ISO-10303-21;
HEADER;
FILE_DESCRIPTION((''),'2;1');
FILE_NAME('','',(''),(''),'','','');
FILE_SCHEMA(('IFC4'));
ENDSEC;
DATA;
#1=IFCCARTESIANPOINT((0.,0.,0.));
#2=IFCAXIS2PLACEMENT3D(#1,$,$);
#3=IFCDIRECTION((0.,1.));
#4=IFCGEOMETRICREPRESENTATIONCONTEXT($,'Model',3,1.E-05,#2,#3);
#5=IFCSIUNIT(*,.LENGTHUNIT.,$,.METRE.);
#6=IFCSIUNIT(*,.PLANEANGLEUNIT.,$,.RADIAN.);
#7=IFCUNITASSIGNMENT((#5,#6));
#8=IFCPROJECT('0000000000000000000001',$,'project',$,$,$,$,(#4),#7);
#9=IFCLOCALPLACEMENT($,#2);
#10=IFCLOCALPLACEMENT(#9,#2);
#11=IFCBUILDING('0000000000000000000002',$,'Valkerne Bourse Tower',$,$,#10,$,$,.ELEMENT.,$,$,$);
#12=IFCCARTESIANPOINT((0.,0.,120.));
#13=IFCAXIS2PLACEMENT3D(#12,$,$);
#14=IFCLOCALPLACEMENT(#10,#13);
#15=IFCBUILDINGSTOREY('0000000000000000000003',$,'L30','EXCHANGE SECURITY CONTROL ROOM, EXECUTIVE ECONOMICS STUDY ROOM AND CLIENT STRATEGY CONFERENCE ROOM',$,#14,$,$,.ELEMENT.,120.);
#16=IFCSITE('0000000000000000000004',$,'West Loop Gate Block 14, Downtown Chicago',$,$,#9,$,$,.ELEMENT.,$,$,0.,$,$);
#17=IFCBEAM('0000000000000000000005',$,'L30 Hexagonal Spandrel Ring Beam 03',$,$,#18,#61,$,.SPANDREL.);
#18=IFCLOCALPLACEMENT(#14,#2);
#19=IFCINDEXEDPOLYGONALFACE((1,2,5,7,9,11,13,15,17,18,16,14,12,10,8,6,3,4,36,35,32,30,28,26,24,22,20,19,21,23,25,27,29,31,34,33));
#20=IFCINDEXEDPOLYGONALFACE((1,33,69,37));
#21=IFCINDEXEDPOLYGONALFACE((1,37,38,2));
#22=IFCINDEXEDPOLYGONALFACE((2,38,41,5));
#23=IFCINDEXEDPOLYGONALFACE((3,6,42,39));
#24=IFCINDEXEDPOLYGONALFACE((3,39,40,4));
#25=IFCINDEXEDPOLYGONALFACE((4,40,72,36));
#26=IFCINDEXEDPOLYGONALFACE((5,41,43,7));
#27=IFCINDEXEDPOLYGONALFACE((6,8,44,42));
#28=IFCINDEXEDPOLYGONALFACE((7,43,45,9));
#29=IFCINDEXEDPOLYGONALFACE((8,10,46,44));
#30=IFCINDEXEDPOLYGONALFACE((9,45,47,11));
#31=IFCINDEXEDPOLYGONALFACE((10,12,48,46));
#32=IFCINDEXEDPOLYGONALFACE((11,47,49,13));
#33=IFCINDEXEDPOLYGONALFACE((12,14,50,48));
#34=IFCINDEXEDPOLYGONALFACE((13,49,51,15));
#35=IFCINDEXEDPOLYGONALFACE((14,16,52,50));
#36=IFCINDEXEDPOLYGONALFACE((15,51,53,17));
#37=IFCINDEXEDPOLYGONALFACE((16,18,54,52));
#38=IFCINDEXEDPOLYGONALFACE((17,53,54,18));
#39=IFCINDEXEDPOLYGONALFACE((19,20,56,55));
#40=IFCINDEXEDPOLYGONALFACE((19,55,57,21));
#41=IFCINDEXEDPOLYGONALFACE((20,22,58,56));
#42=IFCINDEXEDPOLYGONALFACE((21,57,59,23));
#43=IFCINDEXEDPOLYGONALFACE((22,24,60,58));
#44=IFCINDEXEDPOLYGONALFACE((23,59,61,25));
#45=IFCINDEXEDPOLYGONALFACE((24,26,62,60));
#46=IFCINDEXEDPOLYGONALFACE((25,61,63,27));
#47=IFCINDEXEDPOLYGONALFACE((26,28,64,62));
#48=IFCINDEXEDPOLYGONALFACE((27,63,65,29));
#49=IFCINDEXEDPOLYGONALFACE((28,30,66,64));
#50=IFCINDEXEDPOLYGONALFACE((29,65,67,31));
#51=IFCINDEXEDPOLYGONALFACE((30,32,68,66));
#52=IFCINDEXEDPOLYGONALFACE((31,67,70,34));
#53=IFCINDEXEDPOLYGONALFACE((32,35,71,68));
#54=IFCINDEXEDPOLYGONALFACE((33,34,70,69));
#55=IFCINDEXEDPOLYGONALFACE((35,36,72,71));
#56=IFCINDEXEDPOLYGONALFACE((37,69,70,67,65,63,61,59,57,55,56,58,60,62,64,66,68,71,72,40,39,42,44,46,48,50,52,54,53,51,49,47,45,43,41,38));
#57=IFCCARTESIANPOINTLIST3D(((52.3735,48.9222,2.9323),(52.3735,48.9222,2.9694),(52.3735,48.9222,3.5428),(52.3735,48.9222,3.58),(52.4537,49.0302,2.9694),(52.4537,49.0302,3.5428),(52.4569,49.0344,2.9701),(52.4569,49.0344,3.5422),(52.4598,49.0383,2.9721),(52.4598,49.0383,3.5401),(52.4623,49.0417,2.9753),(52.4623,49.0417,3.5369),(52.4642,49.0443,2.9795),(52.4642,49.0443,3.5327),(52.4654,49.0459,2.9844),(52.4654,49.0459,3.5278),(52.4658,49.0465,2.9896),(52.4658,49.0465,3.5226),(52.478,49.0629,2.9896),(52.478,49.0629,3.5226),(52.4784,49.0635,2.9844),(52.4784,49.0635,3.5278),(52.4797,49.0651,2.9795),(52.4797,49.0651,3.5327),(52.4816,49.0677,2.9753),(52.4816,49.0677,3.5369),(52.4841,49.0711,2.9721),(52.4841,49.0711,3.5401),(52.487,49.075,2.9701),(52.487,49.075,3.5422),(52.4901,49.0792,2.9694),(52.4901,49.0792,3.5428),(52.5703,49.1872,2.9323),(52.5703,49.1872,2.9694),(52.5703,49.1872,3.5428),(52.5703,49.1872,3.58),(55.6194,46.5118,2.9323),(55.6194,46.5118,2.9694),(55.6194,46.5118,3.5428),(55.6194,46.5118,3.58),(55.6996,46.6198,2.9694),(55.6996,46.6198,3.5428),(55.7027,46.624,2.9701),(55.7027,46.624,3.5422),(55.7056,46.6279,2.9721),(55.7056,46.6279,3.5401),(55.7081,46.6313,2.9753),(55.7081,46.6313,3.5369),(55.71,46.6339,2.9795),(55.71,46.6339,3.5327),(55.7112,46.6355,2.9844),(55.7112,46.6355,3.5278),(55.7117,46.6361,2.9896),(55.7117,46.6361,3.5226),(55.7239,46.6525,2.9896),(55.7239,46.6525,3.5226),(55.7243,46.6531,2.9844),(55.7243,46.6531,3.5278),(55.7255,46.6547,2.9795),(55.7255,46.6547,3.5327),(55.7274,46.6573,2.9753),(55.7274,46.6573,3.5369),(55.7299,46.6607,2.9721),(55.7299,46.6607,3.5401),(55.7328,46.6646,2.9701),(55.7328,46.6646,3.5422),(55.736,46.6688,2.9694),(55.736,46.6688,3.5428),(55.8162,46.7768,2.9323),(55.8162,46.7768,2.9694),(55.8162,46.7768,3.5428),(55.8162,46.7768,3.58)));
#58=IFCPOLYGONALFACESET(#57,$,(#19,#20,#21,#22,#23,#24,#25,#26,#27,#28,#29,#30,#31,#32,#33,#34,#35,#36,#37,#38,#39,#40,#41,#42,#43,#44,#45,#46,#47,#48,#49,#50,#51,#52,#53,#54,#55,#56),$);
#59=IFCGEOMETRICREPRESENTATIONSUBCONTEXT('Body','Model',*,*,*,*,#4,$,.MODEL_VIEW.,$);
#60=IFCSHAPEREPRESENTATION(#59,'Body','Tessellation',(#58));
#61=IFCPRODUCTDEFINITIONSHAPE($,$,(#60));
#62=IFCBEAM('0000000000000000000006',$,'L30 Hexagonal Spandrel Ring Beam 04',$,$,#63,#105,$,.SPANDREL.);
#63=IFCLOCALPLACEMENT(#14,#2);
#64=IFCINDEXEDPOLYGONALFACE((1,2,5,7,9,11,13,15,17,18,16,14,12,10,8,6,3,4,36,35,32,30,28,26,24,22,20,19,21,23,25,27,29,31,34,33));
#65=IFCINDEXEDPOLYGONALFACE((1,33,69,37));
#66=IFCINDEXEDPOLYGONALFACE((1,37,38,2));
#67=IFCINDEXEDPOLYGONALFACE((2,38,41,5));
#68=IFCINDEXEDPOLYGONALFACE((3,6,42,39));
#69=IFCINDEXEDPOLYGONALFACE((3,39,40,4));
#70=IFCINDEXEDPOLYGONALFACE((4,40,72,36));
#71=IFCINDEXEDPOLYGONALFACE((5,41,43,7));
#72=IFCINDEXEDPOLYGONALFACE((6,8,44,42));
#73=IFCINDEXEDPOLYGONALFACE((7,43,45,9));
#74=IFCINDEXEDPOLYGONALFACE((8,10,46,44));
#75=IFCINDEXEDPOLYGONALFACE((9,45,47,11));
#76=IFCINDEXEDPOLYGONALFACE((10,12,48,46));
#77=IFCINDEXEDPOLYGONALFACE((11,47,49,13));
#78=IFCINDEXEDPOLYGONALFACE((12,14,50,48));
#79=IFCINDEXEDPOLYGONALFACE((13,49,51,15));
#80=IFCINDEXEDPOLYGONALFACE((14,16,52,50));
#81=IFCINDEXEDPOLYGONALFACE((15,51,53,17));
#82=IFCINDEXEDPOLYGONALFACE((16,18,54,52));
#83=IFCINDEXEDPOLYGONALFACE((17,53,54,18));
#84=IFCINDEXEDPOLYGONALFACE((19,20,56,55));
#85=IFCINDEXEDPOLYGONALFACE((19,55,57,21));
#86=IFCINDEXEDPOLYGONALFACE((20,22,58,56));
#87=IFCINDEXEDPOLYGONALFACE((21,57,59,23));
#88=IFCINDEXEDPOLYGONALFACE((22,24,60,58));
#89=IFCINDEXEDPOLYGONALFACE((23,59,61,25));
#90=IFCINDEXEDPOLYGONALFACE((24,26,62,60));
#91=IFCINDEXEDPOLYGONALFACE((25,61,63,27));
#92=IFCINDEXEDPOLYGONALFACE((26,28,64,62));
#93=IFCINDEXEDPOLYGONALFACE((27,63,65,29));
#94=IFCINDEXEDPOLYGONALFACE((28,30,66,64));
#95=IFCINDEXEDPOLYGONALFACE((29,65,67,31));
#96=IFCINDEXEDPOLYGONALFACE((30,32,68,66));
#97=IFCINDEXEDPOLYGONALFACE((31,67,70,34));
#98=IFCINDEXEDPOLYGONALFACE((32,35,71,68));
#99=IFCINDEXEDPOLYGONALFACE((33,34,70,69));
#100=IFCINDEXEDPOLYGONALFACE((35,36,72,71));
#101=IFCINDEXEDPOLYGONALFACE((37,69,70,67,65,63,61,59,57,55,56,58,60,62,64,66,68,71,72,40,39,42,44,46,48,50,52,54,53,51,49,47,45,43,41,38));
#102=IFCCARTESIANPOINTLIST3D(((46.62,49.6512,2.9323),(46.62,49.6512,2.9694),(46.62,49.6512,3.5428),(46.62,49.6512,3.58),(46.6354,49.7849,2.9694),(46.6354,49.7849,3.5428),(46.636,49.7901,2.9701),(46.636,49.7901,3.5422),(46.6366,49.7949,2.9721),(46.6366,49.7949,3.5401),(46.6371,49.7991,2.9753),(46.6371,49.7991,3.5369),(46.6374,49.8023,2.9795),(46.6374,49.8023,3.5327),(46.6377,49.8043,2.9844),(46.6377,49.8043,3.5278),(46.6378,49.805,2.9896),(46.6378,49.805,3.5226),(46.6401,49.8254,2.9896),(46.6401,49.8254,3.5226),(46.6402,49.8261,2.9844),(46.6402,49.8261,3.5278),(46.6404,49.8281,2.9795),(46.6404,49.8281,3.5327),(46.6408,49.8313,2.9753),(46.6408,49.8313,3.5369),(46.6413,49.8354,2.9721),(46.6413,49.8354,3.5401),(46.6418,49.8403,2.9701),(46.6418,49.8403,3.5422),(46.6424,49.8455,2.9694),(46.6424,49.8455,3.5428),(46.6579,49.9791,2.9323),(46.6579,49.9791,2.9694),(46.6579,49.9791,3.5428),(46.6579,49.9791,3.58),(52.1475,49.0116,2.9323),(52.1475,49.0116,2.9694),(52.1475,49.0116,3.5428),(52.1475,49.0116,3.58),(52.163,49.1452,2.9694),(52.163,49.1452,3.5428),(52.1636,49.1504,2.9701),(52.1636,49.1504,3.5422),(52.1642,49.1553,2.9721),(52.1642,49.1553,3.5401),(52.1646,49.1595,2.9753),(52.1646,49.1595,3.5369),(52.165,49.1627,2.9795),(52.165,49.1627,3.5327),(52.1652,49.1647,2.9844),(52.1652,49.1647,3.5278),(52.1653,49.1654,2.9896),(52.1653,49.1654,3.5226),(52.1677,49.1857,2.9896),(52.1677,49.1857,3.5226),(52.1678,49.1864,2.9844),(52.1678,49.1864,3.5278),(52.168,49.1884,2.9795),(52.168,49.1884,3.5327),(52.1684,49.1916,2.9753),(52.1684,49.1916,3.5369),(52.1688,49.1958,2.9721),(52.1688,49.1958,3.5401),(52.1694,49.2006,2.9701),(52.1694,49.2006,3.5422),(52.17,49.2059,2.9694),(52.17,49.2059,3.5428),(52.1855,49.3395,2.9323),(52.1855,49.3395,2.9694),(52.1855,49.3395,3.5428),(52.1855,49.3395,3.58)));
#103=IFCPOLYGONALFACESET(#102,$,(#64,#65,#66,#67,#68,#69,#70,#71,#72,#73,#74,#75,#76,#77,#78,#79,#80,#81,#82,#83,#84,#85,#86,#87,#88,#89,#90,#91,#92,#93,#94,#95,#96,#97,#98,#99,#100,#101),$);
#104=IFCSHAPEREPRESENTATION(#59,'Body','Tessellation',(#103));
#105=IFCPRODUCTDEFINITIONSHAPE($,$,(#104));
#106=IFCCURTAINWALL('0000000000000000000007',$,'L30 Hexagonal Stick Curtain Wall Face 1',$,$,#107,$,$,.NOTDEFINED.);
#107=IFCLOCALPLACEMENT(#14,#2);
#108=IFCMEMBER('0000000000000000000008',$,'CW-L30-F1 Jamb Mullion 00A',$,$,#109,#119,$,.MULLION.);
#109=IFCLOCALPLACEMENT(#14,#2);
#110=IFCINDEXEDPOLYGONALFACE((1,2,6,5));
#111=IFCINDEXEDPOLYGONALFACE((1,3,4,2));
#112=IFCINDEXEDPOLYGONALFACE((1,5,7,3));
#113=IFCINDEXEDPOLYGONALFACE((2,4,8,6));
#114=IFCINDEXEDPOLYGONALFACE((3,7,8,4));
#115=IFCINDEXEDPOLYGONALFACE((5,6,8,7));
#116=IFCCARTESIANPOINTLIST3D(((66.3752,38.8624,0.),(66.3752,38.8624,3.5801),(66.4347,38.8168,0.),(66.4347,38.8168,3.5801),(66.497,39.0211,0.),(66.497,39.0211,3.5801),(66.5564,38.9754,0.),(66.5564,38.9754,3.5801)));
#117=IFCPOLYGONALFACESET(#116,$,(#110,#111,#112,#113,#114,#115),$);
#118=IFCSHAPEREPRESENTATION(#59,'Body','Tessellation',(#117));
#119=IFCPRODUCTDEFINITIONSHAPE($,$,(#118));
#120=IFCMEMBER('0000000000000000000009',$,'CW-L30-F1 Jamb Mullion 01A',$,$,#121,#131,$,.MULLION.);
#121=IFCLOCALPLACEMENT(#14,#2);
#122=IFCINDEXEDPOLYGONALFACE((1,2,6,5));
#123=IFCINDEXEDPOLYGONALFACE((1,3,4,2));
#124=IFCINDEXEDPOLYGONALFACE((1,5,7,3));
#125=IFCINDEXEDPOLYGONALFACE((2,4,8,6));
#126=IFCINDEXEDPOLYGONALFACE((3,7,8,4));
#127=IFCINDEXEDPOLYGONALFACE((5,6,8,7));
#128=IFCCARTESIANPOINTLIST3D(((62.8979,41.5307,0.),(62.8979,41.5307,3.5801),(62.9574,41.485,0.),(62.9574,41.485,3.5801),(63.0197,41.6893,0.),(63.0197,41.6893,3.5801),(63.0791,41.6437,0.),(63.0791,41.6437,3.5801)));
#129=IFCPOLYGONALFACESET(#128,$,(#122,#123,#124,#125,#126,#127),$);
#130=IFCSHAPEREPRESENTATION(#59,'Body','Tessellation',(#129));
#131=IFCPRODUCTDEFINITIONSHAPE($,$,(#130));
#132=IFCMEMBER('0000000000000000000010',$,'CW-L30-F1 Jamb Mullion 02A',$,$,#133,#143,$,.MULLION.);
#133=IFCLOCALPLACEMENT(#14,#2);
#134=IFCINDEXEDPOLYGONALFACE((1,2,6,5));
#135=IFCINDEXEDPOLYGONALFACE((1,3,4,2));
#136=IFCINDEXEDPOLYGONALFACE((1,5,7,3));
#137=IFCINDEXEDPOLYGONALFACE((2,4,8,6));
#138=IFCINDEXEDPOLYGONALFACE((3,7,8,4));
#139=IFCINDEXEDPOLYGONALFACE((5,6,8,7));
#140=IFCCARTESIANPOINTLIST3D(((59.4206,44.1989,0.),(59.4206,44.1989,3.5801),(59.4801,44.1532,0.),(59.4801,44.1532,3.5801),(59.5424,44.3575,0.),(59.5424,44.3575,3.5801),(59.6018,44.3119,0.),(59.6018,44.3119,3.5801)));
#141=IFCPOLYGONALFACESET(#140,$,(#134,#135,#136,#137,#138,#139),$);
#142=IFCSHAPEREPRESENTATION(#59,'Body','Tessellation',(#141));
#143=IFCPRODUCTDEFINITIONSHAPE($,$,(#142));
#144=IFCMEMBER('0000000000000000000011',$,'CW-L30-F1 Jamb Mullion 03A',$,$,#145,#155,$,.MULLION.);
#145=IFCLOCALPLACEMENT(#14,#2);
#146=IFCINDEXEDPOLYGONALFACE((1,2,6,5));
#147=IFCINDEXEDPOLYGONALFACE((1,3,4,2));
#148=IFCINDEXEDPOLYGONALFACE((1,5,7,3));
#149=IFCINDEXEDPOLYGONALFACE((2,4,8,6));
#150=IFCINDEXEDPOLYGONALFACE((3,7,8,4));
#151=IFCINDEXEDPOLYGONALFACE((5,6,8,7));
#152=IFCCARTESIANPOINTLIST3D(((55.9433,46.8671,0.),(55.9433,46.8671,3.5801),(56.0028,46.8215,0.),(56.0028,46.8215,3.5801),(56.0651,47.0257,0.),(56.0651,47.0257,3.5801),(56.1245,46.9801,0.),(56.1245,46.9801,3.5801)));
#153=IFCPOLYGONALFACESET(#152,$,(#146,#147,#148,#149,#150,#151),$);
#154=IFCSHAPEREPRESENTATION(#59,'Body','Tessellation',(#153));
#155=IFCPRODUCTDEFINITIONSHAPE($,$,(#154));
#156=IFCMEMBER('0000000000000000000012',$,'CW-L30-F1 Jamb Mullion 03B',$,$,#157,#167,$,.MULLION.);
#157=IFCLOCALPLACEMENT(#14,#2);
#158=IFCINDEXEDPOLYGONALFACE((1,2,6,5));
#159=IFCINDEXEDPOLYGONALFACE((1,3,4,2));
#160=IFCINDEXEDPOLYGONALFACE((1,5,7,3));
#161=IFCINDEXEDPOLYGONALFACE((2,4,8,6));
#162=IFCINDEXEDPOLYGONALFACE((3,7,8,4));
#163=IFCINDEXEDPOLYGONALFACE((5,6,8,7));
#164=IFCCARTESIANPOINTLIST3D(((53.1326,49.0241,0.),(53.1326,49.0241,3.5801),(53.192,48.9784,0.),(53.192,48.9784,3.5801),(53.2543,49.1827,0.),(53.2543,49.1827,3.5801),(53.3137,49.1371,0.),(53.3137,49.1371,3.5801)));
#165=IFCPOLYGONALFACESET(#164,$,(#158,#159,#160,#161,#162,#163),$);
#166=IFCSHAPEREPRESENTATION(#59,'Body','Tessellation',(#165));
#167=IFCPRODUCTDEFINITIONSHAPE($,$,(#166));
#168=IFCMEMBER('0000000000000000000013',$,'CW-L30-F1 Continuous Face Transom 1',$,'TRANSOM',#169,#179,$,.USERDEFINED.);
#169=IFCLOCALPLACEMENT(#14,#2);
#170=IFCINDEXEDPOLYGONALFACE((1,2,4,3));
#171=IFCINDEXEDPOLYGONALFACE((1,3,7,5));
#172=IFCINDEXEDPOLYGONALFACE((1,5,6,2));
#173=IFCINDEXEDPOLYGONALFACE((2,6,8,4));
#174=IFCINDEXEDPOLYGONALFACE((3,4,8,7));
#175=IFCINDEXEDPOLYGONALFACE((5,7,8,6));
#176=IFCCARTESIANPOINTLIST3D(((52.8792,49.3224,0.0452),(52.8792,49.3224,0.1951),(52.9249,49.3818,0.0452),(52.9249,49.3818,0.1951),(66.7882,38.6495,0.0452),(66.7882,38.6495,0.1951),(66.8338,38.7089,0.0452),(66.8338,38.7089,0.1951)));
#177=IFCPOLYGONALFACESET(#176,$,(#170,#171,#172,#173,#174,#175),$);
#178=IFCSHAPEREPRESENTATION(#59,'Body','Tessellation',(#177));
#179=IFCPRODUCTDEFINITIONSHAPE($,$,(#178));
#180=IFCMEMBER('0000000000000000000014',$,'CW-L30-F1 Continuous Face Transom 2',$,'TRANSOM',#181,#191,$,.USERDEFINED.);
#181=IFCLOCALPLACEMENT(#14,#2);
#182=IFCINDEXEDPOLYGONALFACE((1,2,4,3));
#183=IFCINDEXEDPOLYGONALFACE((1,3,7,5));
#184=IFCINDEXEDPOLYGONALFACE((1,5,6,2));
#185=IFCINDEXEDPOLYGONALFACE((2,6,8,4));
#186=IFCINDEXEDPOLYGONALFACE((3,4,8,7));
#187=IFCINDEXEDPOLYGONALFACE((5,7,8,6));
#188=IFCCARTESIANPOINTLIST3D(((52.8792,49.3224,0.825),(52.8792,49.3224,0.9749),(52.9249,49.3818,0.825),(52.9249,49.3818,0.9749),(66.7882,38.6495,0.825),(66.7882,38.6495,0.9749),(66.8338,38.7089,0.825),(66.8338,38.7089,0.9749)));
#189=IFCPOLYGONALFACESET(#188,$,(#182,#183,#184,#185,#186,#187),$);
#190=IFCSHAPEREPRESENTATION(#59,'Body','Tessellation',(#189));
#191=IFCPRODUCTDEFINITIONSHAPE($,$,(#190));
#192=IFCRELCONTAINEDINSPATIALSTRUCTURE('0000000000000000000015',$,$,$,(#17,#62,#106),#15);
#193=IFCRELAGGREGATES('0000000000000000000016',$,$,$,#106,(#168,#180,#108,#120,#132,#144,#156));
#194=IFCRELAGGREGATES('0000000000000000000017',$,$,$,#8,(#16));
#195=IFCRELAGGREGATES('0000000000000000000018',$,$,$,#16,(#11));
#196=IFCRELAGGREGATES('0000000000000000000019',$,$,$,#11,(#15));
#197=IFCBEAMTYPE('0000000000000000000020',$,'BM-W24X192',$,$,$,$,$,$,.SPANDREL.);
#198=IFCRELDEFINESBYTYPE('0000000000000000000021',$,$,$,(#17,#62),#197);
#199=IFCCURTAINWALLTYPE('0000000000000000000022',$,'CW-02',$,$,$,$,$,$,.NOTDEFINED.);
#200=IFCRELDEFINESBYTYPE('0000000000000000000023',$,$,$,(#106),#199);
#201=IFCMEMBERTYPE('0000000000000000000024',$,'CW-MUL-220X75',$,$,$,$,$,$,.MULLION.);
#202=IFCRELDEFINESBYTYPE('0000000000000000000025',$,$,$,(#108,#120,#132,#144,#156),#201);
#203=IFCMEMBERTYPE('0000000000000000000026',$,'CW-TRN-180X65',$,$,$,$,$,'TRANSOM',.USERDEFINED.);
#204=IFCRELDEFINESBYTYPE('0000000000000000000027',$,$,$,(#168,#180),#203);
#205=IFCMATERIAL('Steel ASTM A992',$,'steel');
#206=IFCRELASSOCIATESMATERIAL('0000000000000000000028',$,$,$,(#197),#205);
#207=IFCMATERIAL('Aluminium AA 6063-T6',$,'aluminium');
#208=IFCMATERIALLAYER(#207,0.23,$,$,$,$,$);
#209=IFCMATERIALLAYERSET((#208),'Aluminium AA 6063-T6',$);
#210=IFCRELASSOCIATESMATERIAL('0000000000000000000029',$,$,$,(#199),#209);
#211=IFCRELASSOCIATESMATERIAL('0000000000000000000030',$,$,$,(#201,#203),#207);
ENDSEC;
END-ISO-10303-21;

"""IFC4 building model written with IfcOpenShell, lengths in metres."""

from ifc_helpers import new_model, si_unit, direction, frame, origin, origin_2d, place, context, subcontext, project, spatial, rectangle, i_section, extrude, material, layer, layer_set, material_profile, profile_set, type_object, element, aggregate, save


model = new_model("IFC4")

# Units and contexts
model_context = context("Model", 3, precision=1e-05, world=origin(), true_north=direction((0.0, 1.0)))
body_context = subcontext(model_context, "Body", "Model", "MODEL_VIEW")
ifc_project = project(units=[si_unit("LENGTHUNIT", "METRE"), si_unit("PLANEANGLEUNIT", "RADIAN")], contexts=[model_context])

# Site, building, storey
site_placement = place(None, origin())
site = spatial("IfcSite", under=ifc_project, at=site_placement, Name="West Loop Gate Block 14, Downtown Chicago", CompositionType="ELEMENT", RefElevation=0.0)
building_placement = place(site_placement, origin())
building = spatial("IfcBuilding", under=site, at=building_placement, Name="Valkerne Bourse Tower", CompositionType="ELEMENT")
storey_placement = place(building_placement, frame((0.0, 0.0, 120.0)))
storey = spatial("IfcBuildingStorey", under=building, at=storey_placement, Name="L30", Description="EXCHANGE SECURITY CONTROL ROOM, EXECUTIVE ECONOMICS STUDY ROOM AND CLIENT STRATEGY CONFERENCE ROOM", CompositionType="ELEMENT", Elevation=120.0)

# Beams
ifc_material_1 = material(Name="Steel ASTM A992", Category="steel")
ifc_material_profile_1 = material_profile(ifc_material_1, i_section(OverallWidth=0.3301, OverallDepth=0.6477, WebThickness=0.0205, FlangeThickness=0.0371, FilletRadius=0.0203, at=origin_2d()), Name="W24X192")
ifc_profile_set_1 = profile_set([ifc_material_profile_1], Name="Steel ASTM A992")
beam_type = type_object("IfcBeamType", Name="BM-W24X192", PredefinedType="SPANDREL", material=ifc_profile_set_1)
for number, where, z_axis, x_axis, name in (
    (1, (55.7178, 46.6443, 3.2561), (-0.802839, 0.596196, 0.0), (-0.596196, -0.802839, 0.0), "L30 Hexagonal Spandrel Ring Beam 03"),
):
    element("IfcBeam", number, at=place(storey_placement, frame(where, z_axis=z_axis, x_axis=x_axis)), inside=storey, type_object=beam_type, Name=name, PredefinedType="SPANDREL", context=body_context, shape_type="SweptSolid", body=[
        extrude(i_section(OverallWidth=0.3301, OverallDepth=0.6477, WebThickness=0.0205, FlangeThickness=0.0371, FilletRadius=0.0203, at=origin_2d()), origin(), (0.0, 0.0, 1.0), 4.043),
    ])
beam_1_placement = place(storey_placement, frame((52.1665, 49.1755, 3.2561), z_axis=(-0.993371, 0.114952, 0.0), x_axis=(-0.114952, -0.993371, 0.0)))
element("IfcBeam", 2, at=beam_1_placement, inside=storey, type_object=beam_type, Name="L30 Hexagonal Spandrel Ring Beam 04", PredefinedType="SPANDREL", context=body_context, shape_type="SweptSolid", body=[
    extrude(i_section(OverallWidth=0.3301, OverallDepth=0.6477, WebThickness=0.0205, FlangeThickness=0.0371, FilletRadius=0.0203, at=origin_2d()), origin(), (0.0, 0.0, 1.0), 5.5645),
])

# Curtain wall, members
ifc_material_2 = material(Name="Aluminium AA 6063-T6", Category="aluminium")
ifc_layer_1 = layer(ifc_material_2, 0.23)
ifc_layer_set_1 = layer_set([ifc_layer_1], Name="Aluminium AA 6063-T6")
curtain_wall_type = type_object("IfcCurtainWallType", Name="CW-02", PredefinedType="NOTDEFINED", material=ifc_layer_set_1)
curtain_wall_placement = place(storey_placement, origin())
curtain_wall = element("IfcCurtainWall", 3, at=curtain_wall_placement, inside=storey, type_object=curtain_wall_type, Name="L30 Hexagonal Stick Curtain Wall Face 1", PredefinedType="NOTDEFINED")
ifc_material_profile_2 = material_profile(ifc_material_2, rectangle(XDim=0.075, YDim=0.2, at=origin_2d()), Name="CWM-75X200")
ifc_profile_set_2 = profile_set([ifc_material_profile_2], Name="Aluminium AA 6063-T6")
member_type_1 = type_object("IfcMemberType", Name="CW-MUL-220X75", PredefinedType="MULLION", material=ifc_profile_set_2)
member_1_placement = place(storey_placement, frame((66.4658, 38.9189, 0.0), z_axis=(0.0, 0.0, 1.0), x_axis=(-0.793348, 0.608769, 0.0)))
member_1 = element("IfcMember", 4, at=member_1_placement, type_object=member_type_1, Name="CW-L30-F1 Jamb Mullion 00A", PredefinedType="MULLION", context=body_context, shape_type="SweptSolid", body=[
    extrude(rectangle(XDim=0.075, YDim=0.2, at=origin_2d()), origin(), (0.0, 0.0, 1.0), 3.5801),
])
member_2_placement = place(storey_placement, frame((62.9885, 41.5872, 0.0), z_axis=(0.0, 0.0, 1.0), x_axis=(-0.793356, 0.608758, 0.0)))
member_2 = element("IfcMember", 5, at=member_2_placement, type_object=member_type_1, Name="CW-L30-F1 Jamb Mullion 01A", PredefinedType="MULLION", context=body_context, shape_type="SweptSolid", body=[
    extrude(rectangle(XDim=0.075, YDim=0.2, at=origin_2d()), origin(), (0.0, 0.0, 1.0), 3.5801),
])
member_3_placement = place(storey_placement, frame((59.5112, 44.2554, 0.0), z_axis=(0.0, 0.0, 1.0), x_axis=(-0.793356, 0.608758, 0.0)))
member_3 = element("IfcMember", 6, at=member_3_placement, type_object=member_type_1, Name="CW-L30-F1 Jamb Mullion 02A", PredefinedType="MULLION", context=body_context, shape_type="SweptSolid", body=[
    extrude(rectangle(XDim=0.075, YDim=0.2, at=origin_2d()), origin(), (0.0, 0.0, 1.0), 3.5801),
])
member_4_placement = place(storey_placement, frame((56.0339, 46.9236, 0.0), z_axis=(0.0, 0.0, 1.0), x_axis=(-0.793348, 0.608769, 0.0)))
member_4 = element("IfcMember", 7, at=member_4_placement, type_object=member_type_1, Name="CW-L30-F1 Jamb Mullion 03A", PredefinedType="MULLION", context=body_context, shape_type="SweptSolid", body=[
    extrude(rectangle(XDim=0.075, YDim=0.2, at=origin_2d()), origin(), (0.0, 0.0, 1.0), 3.5801),
])
member_5_placement = place(storey_placement, frame((53.2231, 49.0806, 0.0), z_axis=(0.0, 0.0, 1.0), x_axis=(-0.793348, 0.608769, 0.0)))
member_5 = element("IfcMember", 8, at=member_5_placement, type_object=member_type_1, Name="CW-L30-F1 Jamb Mullion 03B", PredefinedType="MULLION", context=body_context, shape_type="SweptSolid", body=[
    extrude(rectangle(XDim=0.075, YDim=0.2, at=origin_2d()), origin(), (0.0, 0.0, 1.0), 3.5801),
])
ifc_material_profile_3 = material_profile(ifc_material_2, rectangle(XDim=0.075, YDim=0.1499, at=origin_2d()), Name="CWT-75X150")
ifc_profile_set_3 = profile_set([ifc_material_profile_3], Name="Aluminium AA 6063-T6")
member_type_2 = type_object("IfcMemberType", Name="CW-TRN-180X65", ElementType="TRANSOM", PredefinedType="USERDEFINED", material=ifc_profile_set_3)
member_6_placement = place(storey_placement, frame((66.811, 38.6792, 0.1201), z_axis=(-0.793349, 0.608767, 0.0), x_axis=(-0.608767, -0.793349, 0.0)))
member_6 = element("IfcMember", 9, at=member_6_placement, type_object=member_type_2, Name="CW-L30-F1 Continuous Face Transom 1", ObjectType="TRANSOM", PredefinedType="USERDEFINED", context=body_context, shape_type="SweptSolid", body=[
    extrude(rectangle(XDim=0.075, YDim=0.1499, at=origin_2d()), origin(), (0.0, 0.0, 1.0), 17.532),
])
member_7_placement = place(storey_placement, frame((66.811, 38.6792, 0.8999), z_axis=(-0.793349, 0.608767, 0.0), x_axis=(-0.608767, -0.793349, 0.0)))
member_7 = element("IfcMember", 10, at=member_7_placement, type_object=member_type_2, Name="CW-L30-F1 Continuous Face Transom 2", ObjectType="TRANSOM", PredefinedType="USERDEFINED", context=body_context, shape_type="SweptSolid", body=[
    extrude(rectangle(XDim=0.075, YDim=0.1499, at=origin_2d()), origin(), (0.0, 0.0, 1.0), 17.532),
])

aggregate(curtain_wall, [member_6, member_7, member_1, member_2, member_3, member_4, member_5])

save(model, "model.ifc")
